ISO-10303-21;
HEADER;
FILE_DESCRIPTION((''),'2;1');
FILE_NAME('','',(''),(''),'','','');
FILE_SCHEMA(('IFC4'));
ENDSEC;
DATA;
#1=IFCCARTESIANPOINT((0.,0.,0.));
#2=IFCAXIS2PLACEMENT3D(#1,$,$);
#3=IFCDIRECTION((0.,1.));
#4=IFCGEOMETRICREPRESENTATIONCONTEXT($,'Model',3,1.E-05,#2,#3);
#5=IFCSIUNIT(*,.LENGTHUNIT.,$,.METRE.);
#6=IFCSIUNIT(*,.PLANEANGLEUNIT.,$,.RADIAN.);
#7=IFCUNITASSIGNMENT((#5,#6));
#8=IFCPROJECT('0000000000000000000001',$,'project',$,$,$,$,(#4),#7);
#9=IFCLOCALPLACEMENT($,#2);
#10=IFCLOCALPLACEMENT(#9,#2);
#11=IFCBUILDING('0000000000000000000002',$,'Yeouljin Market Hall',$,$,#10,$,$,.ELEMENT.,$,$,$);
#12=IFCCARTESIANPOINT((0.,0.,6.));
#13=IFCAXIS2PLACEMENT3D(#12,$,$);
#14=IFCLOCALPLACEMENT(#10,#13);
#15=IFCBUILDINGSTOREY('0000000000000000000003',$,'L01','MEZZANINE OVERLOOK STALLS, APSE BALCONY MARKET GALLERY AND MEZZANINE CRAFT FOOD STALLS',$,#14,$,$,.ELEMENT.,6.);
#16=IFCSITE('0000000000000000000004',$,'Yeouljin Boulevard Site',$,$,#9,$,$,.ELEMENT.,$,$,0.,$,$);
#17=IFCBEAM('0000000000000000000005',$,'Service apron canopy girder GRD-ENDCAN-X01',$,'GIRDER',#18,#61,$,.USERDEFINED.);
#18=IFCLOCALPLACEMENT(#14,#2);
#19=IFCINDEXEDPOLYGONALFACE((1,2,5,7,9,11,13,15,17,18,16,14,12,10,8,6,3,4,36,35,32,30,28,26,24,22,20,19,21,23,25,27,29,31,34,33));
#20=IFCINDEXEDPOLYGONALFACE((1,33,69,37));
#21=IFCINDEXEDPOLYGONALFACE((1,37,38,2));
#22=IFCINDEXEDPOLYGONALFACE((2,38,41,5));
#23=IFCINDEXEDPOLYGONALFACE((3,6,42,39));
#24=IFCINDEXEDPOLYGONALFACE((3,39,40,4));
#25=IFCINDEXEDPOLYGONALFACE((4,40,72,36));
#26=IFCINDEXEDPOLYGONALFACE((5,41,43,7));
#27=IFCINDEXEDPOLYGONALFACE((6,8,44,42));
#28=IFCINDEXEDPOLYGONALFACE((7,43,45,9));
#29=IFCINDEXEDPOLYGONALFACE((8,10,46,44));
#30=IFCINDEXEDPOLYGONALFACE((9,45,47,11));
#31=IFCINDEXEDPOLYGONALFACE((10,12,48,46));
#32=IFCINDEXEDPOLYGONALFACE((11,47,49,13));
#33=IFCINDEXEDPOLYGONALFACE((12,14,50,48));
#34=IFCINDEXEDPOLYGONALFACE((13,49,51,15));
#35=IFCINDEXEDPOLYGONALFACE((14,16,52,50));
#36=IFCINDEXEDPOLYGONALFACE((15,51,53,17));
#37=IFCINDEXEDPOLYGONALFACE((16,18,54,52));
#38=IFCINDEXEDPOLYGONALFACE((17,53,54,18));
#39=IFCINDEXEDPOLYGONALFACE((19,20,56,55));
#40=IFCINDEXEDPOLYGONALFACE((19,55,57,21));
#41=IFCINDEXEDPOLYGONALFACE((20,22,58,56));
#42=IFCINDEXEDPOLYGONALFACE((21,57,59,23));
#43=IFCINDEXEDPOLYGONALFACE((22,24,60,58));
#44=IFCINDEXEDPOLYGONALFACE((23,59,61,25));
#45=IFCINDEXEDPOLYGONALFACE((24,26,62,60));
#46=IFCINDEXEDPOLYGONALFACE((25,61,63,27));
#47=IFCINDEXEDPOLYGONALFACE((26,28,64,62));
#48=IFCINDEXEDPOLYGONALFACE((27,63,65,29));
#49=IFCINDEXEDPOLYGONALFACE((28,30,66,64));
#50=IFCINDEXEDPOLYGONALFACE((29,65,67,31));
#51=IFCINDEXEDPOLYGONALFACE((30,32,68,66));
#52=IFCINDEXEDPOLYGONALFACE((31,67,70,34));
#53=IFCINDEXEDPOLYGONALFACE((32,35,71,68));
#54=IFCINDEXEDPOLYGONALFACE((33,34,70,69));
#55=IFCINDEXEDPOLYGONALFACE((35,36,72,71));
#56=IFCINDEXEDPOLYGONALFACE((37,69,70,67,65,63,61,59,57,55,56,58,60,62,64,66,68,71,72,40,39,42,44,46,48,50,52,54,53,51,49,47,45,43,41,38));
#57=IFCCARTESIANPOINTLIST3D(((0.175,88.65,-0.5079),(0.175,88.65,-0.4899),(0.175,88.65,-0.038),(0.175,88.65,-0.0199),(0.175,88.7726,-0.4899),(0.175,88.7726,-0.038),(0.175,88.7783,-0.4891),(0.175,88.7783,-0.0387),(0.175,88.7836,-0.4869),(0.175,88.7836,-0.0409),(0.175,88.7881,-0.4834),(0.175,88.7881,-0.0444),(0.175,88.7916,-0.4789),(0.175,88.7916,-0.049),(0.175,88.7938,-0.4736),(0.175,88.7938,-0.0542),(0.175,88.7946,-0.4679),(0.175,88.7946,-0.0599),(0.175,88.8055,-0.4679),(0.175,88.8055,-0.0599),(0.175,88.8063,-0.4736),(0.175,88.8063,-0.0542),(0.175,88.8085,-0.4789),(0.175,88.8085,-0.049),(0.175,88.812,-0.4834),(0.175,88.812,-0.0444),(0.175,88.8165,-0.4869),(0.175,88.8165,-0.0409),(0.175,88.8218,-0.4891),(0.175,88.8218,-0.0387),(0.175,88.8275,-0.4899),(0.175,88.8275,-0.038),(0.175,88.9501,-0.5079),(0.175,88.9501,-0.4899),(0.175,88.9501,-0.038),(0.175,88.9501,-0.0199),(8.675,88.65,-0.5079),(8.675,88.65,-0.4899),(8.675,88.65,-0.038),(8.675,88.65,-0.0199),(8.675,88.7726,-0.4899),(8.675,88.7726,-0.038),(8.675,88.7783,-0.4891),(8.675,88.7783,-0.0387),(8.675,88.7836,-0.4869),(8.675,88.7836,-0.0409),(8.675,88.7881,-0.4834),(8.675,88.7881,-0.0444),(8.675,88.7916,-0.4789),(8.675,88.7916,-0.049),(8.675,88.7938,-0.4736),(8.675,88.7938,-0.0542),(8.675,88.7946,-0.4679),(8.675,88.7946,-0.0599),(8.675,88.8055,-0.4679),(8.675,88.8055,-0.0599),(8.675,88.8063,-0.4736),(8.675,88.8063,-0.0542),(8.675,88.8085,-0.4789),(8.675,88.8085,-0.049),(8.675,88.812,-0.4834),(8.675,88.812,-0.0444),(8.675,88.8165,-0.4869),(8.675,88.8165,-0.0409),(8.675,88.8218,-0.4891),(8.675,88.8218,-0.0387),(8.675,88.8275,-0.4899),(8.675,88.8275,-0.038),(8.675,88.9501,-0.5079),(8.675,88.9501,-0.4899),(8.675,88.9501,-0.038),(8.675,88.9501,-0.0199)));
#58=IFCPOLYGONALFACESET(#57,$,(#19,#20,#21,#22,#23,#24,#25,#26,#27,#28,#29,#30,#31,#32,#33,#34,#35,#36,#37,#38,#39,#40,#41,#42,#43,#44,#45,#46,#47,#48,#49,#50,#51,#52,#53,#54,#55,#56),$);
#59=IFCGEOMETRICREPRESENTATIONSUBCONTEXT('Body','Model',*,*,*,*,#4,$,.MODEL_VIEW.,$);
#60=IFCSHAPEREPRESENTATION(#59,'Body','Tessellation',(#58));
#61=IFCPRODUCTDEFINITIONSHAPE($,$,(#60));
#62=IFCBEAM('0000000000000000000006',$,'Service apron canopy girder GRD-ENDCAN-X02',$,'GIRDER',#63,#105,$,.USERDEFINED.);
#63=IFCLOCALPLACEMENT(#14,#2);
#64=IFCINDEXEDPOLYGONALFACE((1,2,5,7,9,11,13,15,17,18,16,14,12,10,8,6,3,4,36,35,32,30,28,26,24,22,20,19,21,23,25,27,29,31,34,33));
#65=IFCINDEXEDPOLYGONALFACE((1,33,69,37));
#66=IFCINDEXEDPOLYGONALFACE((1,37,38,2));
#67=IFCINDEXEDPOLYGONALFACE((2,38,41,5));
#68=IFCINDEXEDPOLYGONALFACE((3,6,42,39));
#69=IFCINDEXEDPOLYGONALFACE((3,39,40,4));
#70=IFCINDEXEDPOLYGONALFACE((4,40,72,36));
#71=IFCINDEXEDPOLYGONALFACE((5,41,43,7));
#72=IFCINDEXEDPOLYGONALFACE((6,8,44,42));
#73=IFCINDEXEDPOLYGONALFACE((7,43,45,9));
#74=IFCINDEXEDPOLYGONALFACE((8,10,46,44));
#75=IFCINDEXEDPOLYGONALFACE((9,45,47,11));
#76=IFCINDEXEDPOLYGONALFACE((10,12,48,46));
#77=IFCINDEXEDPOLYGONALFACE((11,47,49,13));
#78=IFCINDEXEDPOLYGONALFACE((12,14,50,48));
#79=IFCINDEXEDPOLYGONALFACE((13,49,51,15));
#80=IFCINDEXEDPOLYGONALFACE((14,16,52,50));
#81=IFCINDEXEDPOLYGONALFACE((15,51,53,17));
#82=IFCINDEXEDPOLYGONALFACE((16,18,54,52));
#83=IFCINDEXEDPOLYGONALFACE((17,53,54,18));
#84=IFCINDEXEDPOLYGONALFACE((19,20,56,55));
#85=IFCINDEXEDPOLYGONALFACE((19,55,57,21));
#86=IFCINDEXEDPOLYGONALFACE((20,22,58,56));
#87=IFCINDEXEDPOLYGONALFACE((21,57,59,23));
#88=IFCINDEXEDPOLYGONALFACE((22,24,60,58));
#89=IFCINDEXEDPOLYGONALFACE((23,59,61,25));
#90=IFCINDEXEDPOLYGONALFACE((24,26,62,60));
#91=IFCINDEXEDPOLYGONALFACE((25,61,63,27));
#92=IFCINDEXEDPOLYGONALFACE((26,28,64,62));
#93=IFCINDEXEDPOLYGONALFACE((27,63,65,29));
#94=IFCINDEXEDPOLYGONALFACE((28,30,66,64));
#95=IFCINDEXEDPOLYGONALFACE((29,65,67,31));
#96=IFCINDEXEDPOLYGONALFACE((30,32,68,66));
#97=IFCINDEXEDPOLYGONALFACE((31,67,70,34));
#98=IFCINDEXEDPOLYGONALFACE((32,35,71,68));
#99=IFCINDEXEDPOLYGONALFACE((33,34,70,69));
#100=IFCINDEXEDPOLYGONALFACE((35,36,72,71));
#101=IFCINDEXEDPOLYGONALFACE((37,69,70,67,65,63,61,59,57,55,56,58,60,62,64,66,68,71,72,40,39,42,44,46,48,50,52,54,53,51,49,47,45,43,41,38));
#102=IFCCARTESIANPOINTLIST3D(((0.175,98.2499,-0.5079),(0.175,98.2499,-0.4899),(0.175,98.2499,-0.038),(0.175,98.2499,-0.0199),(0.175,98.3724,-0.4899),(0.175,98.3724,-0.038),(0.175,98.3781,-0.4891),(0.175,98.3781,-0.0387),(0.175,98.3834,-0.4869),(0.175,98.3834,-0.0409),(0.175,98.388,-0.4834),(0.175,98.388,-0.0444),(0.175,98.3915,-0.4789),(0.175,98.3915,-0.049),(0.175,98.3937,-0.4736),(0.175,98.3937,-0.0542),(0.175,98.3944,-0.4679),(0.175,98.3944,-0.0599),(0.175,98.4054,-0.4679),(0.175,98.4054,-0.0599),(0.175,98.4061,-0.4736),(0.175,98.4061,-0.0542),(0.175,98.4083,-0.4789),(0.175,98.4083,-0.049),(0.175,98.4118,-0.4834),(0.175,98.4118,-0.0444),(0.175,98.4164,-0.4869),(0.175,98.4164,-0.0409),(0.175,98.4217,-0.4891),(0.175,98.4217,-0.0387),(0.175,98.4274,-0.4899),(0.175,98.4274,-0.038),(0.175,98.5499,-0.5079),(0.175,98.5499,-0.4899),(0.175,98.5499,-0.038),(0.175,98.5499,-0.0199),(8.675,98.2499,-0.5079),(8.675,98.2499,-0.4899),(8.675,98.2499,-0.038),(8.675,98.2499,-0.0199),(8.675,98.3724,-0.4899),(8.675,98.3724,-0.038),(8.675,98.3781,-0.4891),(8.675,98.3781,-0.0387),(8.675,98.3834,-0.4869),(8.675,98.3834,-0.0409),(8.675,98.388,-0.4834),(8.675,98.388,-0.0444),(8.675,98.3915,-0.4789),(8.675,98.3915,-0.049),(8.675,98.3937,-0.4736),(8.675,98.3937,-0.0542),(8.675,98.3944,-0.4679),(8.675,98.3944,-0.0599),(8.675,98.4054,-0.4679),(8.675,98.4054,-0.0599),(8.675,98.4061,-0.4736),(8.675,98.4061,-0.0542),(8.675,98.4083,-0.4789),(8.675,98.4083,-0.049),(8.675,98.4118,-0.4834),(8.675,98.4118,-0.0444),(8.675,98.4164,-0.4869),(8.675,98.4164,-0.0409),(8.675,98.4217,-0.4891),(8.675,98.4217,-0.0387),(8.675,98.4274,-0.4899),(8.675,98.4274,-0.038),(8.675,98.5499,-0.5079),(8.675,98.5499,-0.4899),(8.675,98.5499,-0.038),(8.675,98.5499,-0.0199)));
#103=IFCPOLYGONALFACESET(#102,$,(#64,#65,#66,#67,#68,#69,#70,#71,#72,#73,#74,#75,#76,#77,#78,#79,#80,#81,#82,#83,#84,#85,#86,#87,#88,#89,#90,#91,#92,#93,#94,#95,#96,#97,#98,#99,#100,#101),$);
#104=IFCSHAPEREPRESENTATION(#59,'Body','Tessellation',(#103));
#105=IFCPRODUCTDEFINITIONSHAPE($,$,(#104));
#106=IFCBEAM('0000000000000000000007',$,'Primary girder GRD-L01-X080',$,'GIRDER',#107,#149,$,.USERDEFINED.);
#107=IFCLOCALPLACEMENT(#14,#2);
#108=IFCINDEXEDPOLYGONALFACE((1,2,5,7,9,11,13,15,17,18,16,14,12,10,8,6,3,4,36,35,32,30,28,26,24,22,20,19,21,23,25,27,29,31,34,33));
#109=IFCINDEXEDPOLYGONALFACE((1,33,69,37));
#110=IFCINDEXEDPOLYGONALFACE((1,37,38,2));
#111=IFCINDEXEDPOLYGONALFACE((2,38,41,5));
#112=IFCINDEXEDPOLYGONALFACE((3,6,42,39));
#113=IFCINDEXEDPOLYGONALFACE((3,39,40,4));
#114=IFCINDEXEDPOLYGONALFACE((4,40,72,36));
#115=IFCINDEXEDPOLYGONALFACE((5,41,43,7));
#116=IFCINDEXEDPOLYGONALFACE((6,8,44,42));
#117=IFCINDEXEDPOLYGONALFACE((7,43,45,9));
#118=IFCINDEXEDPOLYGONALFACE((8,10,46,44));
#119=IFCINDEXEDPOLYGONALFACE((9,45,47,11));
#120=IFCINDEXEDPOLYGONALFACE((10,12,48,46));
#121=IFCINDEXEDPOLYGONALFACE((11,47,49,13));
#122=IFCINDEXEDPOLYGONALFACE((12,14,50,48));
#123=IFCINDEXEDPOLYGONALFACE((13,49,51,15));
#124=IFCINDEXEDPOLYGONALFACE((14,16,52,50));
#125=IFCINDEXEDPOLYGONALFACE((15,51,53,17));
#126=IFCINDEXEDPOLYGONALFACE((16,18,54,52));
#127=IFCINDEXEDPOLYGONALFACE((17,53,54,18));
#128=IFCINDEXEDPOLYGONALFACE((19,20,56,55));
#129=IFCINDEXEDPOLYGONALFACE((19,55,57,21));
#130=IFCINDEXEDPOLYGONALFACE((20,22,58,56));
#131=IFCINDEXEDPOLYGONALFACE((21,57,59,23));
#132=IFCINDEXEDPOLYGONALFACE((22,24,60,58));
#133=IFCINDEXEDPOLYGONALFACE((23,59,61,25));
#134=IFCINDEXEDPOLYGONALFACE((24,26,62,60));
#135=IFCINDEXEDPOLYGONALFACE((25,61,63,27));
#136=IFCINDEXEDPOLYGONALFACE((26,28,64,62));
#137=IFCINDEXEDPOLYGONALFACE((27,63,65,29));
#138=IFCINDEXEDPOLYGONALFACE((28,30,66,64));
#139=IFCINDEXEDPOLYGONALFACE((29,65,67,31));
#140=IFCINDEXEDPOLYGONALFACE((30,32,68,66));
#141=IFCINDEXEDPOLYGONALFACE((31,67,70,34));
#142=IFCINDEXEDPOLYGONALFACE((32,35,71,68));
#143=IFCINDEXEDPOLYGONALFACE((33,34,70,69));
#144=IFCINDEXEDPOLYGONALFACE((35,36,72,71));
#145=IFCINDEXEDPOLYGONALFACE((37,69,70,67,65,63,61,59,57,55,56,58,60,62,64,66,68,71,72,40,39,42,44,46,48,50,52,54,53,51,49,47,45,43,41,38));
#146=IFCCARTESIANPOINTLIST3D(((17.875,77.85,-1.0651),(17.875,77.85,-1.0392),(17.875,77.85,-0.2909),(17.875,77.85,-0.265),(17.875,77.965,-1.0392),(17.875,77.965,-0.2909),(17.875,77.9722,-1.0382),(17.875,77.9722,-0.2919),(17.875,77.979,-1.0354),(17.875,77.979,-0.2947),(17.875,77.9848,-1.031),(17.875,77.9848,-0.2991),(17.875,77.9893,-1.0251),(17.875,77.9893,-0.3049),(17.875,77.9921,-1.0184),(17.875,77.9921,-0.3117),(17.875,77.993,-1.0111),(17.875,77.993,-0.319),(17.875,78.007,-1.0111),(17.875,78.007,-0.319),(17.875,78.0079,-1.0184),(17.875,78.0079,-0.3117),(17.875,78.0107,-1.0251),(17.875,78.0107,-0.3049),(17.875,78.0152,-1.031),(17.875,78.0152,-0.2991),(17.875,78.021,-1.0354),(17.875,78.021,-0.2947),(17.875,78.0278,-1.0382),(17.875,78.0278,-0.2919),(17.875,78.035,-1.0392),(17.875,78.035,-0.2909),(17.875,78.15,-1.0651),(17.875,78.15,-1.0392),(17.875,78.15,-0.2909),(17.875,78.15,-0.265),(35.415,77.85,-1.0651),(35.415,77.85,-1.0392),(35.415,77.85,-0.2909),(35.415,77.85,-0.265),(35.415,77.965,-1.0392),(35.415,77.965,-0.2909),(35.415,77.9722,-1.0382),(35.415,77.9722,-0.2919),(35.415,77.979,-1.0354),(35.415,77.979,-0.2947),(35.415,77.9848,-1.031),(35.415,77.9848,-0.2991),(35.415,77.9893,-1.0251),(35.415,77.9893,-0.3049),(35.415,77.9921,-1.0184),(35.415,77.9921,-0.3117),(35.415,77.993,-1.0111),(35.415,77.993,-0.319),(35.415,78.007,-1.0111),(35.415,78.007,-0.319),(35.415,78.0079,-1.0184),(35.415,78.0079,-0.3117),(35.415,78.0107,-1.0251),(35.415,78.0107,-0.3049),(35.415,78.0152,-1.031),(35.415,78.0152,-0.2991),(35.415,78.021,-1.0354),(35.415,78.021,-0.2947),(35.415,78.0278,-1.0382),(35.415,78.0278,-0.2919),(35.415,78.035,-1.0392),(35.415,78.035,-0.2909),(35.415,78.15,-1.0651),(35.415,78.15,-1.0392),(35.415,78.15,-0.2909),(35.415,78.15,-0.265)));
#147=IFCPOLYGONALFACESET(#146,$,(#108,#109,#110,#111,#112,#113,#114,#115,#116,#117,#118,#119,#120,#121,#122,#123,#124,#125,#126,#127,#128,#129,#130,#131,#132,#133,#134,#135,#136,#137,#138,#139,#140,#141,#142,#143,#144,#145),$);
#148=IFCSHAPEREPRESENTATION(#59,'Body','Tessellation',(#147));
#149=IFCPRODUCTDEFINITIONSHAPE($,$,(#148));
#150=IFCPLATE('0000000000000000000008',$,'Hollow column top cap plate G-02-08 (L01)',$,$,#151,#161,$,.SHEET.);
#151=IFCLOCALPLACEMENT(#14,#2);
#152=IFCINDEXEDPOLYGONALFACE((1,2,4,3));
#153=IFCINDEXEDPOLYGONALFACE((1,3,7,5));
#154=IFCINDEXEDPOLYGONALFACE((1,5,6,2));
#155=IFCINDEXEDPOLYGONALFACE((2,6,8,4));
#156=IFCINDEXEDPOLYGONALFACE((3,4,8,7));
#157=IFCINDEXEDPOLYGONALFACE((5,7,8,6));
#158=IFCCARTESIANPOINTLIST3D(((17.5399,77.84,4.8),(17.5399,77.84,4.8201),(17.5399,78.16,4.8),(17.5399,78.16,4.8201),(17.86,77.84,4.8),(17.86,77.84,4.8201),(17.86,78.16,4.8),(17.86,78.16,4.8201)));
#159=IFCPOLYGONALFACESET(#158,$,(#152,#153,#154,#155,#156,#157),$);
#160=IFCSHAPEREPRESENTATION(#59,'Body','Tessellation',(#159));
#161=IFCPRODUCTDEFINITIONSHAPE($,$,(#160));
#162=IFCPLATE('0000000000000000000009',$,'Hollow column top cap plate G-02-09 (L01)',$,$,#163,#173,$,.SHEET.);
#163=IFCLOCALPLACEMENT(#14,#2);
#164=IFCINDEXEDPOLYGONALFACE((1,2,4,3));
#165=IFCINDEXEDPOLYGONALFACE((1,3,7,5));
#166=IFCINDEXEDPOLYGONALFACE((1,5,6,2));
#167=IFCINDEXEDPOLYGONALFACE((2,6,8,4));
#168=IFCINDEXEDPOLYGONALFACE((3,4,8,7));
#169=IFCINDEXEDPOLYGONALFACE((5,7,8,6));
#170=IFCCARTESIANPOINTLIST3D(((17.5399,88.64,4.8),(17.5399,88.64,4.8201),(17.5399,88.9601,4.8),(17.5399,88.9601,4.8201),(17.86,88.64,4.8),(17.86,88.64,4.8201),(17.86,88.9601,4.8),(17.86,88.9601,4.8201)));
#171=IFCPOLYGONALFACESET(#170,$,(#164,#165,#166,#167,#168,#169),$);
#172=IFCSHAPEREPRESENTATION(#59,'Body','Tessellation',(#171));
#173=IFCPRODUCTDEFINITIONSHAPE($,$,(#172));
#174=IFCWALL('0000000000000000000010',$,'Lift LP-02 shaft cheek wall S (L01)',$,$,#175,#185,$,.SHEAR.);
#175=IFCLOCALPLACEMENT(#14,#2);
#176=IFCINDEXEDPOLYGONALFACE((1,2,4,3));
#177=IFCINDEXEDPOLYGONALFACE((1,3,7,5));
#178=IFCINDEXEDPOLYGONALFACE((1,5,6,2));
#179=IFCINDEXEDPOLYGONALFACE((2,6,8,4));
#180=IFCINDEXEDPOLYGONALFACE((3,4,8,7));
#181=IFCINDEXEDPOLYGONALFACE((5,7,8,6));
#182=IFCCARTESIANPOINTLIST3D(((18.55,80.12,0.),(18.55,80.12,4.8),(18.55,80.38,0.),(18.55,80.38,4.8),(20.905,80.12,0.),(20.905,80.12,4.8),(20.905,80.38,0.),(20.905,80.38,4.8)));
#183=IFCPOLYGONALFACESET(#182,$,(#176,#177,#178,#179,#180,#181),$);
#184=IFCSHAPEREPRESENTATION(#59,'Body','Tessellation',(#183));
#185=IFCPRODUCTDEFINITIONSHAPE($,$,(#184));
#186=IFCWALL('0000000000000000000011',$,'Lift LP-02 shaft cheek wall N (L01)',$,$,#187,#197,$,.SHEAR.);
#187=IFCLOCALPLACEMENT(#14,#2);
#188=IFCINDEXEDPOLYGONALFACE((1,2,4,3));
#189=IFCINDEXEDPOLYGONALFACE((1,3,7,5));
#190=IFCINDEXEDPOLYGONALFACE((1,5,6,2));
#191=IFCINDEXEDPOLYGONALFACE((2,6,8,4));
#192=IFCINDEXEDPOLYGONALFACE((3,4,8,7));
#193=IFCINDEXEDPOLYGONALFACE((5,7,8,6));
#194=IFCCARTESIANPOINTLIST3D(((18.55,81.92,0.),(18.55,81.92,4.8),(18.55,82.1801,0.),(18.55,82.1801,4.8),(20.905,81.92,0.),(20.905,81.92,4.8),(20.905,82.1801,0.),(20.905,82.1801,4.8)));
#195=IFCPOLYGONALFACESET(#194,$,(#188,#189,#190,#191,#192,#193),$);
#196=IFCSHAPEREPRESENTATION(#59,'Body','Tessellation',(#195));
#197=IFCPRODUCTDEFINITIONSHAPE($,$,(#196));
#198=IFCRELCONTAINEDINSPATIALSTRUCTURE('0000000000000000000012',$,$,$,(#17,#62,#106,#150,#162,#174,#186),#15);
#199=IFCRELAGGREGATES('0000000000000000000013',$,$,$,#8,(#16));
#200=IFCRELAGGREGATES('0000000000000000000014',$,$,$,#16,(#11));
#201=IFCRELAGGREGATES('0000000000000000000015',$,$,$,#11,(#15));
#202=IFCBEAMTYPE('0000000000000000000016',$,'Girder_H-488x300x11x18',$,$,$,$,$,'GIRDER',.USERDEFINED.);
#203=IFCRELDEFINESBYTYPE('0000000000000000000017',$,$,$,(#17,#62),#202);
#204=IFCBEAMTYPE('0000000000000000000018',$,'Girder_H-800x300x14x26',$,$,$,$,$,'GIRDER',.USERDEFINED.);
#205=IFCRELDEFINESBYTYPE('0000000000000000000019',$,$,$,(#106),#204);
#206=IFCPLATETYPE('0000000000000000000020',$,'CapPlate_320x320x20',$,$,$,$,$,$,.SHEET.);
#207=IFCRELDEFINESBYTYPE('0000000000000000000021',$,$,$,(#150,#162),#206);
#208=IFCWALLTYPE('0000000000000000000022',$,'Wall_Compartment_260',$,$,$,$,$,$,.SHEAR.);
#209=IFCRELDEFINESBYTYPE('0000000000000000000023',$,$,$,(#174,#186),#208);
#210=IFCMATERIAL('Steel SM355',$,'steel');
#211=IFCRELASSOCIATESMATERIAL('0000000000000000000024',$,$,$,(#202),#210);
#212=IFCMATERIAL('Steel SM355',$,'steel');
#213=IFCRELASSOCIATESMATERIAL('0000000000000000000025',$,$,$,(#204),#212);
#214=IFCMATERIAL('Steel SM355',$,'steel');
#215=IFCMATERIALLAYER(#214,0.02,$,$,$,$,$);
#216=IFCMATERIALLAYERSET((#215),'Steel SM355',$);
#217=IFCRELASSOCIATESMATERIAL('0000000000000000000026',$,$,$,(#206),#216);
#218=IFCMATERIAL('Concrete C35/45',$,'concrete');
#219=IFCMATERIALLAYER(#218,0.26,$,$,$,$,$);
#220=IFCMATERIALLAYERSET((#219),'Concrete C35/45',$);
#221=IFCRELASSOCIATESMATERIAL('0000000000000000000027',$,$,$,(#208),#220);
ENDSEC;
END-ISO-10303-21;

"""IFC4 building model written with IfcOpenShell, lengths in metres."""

from ifc_helpers import new_model, si_unit, direction, frame, frame_2d, origin, origin_2d, place, context, subcontext, project, spatial, rectangle, i_section, extrude, material, layer, layer_set, material_profile, profile_set, type_object, element, save


model = new_model("IFC4")

# Units and contexts
model_context = context("Model", 3, precision=1e-05, world=origin(), true_north=direction((0.0, 1.0)))
body_context = subcontext(model_context, "Body", "Model", "MODEL_VIEW")
ifc_project = project(units=[si_unit("LENGTHUNIT", "METRE"), si_unit("PLANEANGLEUNIT", "RADIAN")], contexts=[model_context])

# Site, building, storey
site_placement = place(None, origin())
site = spatial("IfcSite", under=ifc_project, at=site_placement, Name="Yeouljin Boulevard Site", CompositionType="ELEMENT", RefElevation=0.0)
building_placement = place(site_placement, origin())
building = spatial("IfcBuilding", under=site, at=building_placement, Name="Yeouljin Market Hall", CompositionType="ELEMENT")
storey_placement = place(building_placement, frame((0.0, 0.0, 6.0)))
storey = spatial("IfcBuildingStorey", under=building, at=storey_placement, Name="L01", Description="MEZZANINE OVERLOOK STALLS, APSE BALCONY MARKET GALLERY AND MEZZANINE CRAFT FOOD STALLS", CompositionType="ELEMENT", Elevation=6.0)

# Beams
ifc_material_1 = material(Name="Steel SM355", Category="steel")
ifc_material_profile_1 = material_profile(ifc_material_1, i_section(OverallWidth=0.3, OverallDepth=0.488, WebThickness=0.011, FlangeThickness=0.0181, FilletRadius=0.022, at=origin_2d()), Name="H-488x300x11x18")
ifc_profile_set_1 = profile_set([ifc_material_profile_1], Name="Steel SM355")
beam_type_1 = type_object("IfcBeamType", Name="Girder_H-488x300x11x18", ElementType="GIRDER", PredefinedType="USERDEFINED", material=ifc_profile_set_1)
for number, where, z_axis, x_axis, name in (
    (1, (0.175, 88.8, -0.2639), (1.0, 0.0, 0.0), (0.0, 1.0, 0.0), "Service apron canopy girder GRD-ENDCAN-X01"),
    (2, (0.175, 98.3999, -0.2639), (1.0, 0.0, 0.0), (0.0, 1.0, 0.0), "Service apron canopy girder GRD-ENDCAN-X02"),
):
    element("IfcBeam", number, at=place(storey_placement, frame(where, z_axis=z_axis, x_axis=x_axis)), inside=storey, type_object=beam_type_1, Name=name, ObjectType="GIRDER", PredefinedType="USERDEFINED", context=body_context, shape_type="SweptSolid", body=[
        extrude(i_section(OverallWidth=0.3, OverallDepth=0.488, WebThickness=0.011, FlangeThickness=0.0181, FilletRadius=0.022, at=origin_2d()), origin(), (0.0, 0.0, 1.0), 8.5),
    ])
ifc_material_2 = material(Name="Steel SM355", Category="steel")
ifc_material_profile_2 = material_profile(ifc_material_2, i_section(OverallWidth=0.3, OverallDepth=0.8, WebThickness=0.0139, FlangeThickness=0.0259, FilletRadius=0.0281, at=origin_2d()), Name="H-800x300x14x26")
ifc_profile_set_2 = profile_set([ifc_material_profile_2], Name="Steel SM355")
beam_type_2 = type_object("IfcBeamType", Name="Girder_H-800x300x14x26", ElementType="GIRDER", PredefinedType="USERDEFINED", material=ifc_profile_set_2)
beam_1_placement = place(storey_placement, frame((17.875, 78.0, -0.665), z_axis=(1.0, 0.0, 0.0), x_axis=(0.0, 1.0, 0.0)))
element("IfcBeam", 3, at=beam_1_placement, inside=storey, type_object=beam_type_2, Name="Primary girder GRD-L01-X080", ObjectType="GIRDER", PredefinedType="USERDEFINED", context=body_context, shape_type="SweptSolid", body=[
    extrude(i_section(OverallWidth=0.3, OverallDepth=0.8, WebThickness=0.0139, FlangeThickness=0.0259, FilletRadius=0.0281, at=origin_2d()), origin(), (0.0, 0.0, 1.0), 17.54),
])

# Plates
ifc_material_3 = material(Name="Steel SM355", Category="steel")
ifc_layer_1 = layer(ifc_material_3, 0.02)
ifc_layer_set_1 = layer_set([ifc_layer_1], Name="Steel SM355")
plate_type = type_object("IfcPlateType", Name="CapPlate_320x320x20", PredefinedType="SHEET", material=ifc_layer_set_1)
for number, where, z_axis, x_axis, name in (
    (4, (17.7, 78.0, 4.8), (0.0, 0.0, 1.0), (1.0, 0.0, 0.0), "Hollow column top cap plate G-02-08 (L01)"),
    (5, (17.7, 88.8, 4.8), (0.0, 0.0, 1.0), (1.0, 0.0, 0.0), "Hollow column top cap plate G-02-09 (L01)"),
):
    element("IfcPlate", number, at=place(storey_placement, frame(where, z_axis=z_axis, x_axis=x_axis)), inside=storey, type_object=plate_type, Name=name, PredefinedType="SHEET", context=body_context, shape_type="SweptSolid", body=[
        extrude(rectangle(XDim=0.3201, YDim=0.3201, at=origin_2d()), origin(), (0.0, 0.0, 1.0), 0.02),
    ])

# Shared definitions
ifc_material_4 = material(Name="Concrete C35/45", Category="concrete")
ifc_layer_2 = layer(ifc_material_4, 0.26)
ifc_layer_set_2 = layer_set([ifc_layer_2], Name="Concrete C35/45")
wall_type_1 = type_object("IfcWallType", Name="Wall_Compartment_260", PredefinedType="SHEAR", material=ifc_layer_set_2)

# Walls
for number, where, z_axis, x_axis, name in (
    (6, (18.55, 80.25, 0.0), (0.0, 0.0, 1.0), (1.0, 0.0, 0.0), "Lift LP-02 shaft cheek wall S (L01)"),
    (7, (18.55, 82.05, 0.0), (0.0, 0.0, 1.0), (1.0, 0.0, 0.0), "Lift LP-02 shaft cheek wall N (L01)"),
):
    element("IfcWall", number, at=place(storey_placement, frame(where, z_axis=z_axis, x_axis=x_axis)), inside=storey, type_object=wall_type_1, Name=name, PredefinedType="SHEAR", context=body_context, shape_type="SweptSolid", body=[
        extrude(rectangle(XDim=2.355, YDim=0.26, at=frame_2d((1.1775, 0.0))), origin(), (0.0, 0.0, 1.0), 4.8),
    ])

save(model, "model.ifc")
